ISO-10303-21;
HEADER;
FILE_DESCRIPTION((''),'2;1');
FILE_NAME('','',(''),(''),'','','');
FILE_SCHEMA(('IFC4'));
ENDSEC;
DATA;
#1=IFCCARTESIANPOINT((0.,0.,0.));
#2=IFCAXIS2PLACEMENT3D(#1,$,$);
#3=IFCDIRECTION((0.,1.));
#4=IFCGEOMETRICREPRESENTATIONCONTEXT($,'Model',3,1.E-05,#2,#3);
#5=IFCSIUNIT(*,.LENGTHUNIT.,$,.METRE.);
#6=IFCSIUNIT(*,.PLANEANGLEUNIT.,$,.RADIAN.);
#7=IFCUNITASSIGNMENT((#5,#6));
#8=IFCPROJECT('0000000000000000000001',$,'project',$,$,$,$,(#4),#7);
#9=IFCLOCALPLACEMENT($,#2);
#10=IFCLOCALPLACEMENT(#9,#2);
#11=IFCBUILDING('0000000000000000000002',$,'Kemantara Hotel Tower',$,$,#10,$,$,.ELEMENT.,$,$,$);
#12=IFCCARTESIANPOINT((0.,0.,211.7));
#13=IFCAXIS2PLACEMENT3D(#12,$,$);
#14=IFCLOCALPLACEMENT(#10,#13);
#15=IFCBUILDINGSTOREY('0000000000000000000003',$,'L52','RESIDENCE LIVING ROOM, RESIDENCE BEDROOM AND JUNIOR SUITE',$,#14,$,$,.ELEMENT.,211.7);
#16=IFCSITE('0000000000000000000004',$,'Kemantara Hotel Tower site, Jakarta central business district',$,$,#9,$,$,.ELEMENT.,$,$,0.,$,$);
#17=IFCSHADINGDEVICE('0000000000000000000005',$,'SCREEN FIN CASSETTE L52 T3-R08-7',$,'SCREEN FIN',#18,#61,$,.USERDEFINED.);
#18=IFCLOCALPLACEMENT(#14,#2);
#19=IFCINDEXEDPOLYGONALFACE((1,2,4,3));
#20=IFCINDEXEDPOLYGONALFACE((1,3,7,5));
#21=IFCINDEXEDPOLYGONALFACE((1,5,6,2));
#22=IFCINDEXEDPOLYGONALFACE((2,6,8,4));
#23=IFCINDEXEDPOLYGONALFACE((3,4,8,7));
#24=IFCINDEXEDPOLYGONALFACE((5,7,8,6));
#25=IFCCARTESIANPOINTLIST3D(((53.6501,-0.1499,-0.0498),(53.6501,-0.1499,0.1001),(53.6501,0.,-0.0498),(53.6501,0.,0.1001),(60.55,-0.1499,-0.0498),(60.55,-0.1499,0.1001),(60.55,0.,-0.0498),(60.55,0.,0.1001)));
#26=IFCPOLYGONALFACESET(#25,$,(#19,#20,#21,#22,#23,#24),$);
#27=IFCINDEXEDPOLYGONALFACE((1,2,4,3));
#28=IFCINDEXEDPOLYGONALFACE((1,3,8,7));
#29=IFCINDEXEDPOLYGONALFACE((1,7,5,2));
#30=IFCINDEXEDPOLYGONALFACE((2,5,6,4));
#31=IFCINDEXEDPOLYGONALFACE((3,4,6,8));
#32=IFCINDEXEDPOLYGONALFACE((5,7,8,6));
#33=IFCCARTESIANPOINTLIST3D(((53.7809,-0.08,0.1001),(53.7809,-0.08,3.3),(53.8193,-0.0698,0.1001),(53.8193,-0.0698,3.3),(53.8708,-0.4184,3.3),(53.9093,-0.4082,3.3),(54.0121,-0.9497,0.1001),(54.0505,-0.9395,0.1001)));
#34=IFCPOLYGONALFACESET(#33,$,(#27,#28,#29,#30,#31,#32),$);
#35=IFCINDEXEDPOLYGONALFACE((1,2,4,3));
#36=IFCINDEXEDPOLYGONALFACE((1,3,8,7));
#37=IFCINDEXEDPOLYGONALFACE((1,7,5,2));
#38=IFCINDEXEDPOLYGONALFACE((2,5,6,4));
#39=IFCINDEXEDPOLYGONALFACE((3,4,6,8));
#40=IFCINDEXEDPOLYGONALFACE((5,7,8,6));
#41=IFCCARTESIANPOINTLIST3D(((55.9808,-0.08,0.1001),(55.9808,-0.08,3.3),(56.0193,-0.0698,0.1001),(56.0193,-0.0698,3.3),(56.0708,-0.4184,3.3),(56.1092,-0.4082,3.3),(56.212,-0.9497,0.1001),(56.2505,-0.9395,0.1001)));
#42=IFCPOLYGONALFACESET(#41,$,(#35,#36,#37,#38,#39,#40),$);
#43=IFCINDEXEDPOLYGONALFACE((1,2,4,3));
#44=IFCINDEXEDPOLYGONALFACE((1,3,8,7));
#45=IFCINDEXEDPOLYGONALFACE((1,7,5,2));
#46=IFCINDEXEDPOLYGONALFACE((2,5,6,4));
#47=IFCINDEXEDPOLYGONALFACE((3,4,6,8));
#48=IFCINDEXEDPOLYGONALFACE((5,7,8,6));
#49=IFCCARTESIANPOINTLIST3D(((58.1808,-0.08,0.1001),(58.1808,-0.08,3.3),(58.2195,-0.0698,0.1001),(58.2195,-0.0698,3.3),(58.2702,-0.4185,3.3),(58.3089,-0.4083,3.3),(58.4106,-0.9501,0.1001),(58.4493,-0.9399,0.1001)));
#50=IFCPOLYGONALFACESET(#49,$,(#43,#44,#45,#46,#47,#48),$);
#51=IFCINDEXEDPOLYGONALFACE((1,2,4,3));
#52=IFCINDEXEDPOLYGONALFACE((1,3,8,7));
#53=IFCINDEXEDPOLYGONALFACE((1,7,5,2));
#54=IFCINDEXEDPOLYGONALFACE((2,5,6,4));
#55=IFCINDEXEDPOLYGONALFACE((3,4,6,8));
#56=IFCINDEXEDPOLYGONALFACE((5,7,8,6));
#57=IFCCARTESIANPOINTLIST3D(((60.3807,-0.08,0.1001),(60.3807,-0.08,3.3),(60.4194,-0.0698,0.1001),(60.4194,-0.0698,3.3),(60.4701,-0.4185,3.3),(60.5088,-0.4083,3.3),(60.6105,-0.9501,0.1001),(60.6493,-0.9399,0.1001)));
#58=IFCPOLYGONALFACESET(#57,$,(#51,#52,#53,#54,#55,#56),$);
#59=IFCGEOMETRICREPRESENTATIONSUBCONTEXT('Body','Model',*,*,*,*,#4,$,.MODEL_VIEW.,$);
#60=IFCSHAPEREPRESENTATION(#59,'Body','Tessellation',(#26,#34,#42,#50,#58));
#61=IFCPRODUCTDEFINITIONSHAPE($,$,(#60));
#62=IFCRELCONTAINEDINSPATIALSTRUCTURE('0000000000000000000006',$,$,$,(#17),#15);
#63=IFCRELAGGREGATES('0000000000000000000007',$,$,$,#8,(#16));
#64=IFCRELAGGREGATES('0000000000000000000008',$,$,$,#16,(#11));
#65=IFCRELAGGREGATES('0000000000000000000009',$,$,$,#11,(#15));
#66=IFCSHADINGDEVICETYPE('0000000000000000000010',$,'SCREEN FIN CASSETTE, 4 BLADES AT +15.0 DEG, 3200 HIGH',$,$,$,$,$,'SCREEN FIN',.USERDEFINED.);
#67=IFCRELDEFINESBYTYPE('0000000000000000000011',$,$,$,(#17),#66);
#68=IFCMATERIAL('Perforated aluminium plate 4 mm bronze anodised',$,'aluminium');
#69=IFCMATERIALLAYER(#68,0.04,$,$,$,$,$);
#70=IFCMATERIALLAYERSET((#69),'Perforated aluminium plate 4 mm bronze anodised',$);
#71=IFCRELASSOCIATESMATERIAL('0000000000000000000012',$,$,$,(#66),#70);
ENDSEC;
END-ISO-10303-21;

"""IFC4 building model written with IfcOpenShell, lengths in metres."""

from ifc_helpers import new_model, si_unit, direction, frame, origin, origin_2d, place, context, subcontext, project, spatial, polyline, rectangle, outline, extrude, source, transform, mapped, material, layer, layer_set, type_object, element, save


model = new_model("IFC4")

# Units and contexts
model_context = context("Model", 3, precision=1e-05, world=origin(), true_north=direction((0.0, 1.0)))
body_context = subcontext(model_context, "Body", "Model", "MODEL_VIEW")
ifc_project = project(units=[si_unit("LENGTHUNIT", "METRE"), si_unit("PLANEANGLEUNIT", "RADIAN")], contexts=[model_context])

# Site, building, storey
site_placement = place(None, origin())
site = spatial("IfcSite", under=ifc_project, at=site_placement, Name="Kemantara Hotel Tower site, Jakarta central business district", CompositionType="ELEMENT", RefElevation=0.0)
building_placement = place(site_placement, origin())
building = spatial("IfcBuilding", under=site, at=building_placement, Name="Kemantara Hotel Tower", CompositionType="ELEMENT")
storey_placement = place(building_placement, frame((0.0, 0.0, 211.7)))
storey = spatial("IfcBuildingStorey", under=building, at=storey_placement, Name="L52", Description="RESIDENCE LIVING ROOM, RESIDENCE BEDROOM AND JUNIOR SUITE", CompositionType="ELEMENT", Elevation=211.7)

# Shading device
ifc_material_1 = material(Name="Perforated aluminium plate 4 mm bronze anodised", Category="aluminium")
ifc_layer_1 = layer(ifc_material_1, 0.04)
ifc_layer_set_1 = layer_set([ifc_layer_1], Name="Perforated aluminium plate 4 mm bronze anodised")
shading_device_type_1 = type_object("IfcShadingDeviceType", Name="SCREEN FIN CASSETTE, 4 BLADES AT +15.0 DEG, 3200 HIGH", ElementType="SCREEN FIN", PredefinedType="USERDEFINED", material=ifc_layer_set_1)
shared_shape_1 = source(origin(), body_context, "Body", "SweptSolid", [
    extrude(rectangle(XDim=6.8999, YDim=0.1499, at=origin_2d()), frame((3.3, -0.075, -0.1499), z_axis=(0.0, 0.0, 1.0), x_axis=(1.0, 0.0, 0.0)), (0.0, 0.0, 1.0), 0.1499),
    extrude(outline(polyline([(0.0, 0.0), (0.8999, 0.0), (0.3501, 3.2), (0.0, 3.2), (0.0, 0.0)])), frame((0.0193, -0.0698, 0.0), z_axis=(-0.966438, -0.256901, 0.0), x_axis=(0.256901, -0.966438, 0.0)), (0.0, 0.0, 1.0), 0.0398),
    extrude(outline(polyline([(0.0, 0.0), (0.8999, 0.0), (0.3501, 3.2), (0.0, 3.2), (0.0, 0.0)])), frame((2.2192, -0.0698, 0.0), z_axis=(-0.966438, -0.256901, 0.0), x_axis=(0.256901, -0.966438, 0.0)), (0.0, 0.0, 1.0), 0.0398),
    extrude(outline(polyline([(0.0, 0.0), (0.8999, 0.0), (0.3501, 3.2), (0.0, 3.2), (0.0, 0.0)])), frame((4.4194, -0.0698, 0.0), z_axis=(-0.966838, -0.255391, 0.0), x_axis=(0.255391, -0.966838, 0.0)), (0.0, 0.0, 1.0), 0.04),
    extrude(outline(polyline([(0.0, 0.0), (0.8999, 0.0), (0.3501, 3.2), (0.0, 3.2), (0.0, 0.0)])), frame((6.6194, -0.0698, 0.0), z_axis=(-0.966838, -0.255391, 0.0), x_axis=(0.255391, -0.966838, 0.0)), (0.0, 0.0, 1.0), 0.04),
])
shading_device_1_placement = place(storey_placement, frame((53.8, 0.0, 0.1001), z_axis=(0.0, 0.0, 1.0), x_axis=(1.0, 0.0, 0.0)))
element("IfcShadingDevice", 1, at=shading_device_1_placement, inside=storey, type_object=shading_device_type_1, Name="SCREEN FIN CASSETTE L52 T3-R08-7", ObjectType="SCREEN FIN", PredefinedType="USERDEFINED", context=body_context, shape_type="MappedRepresentation", body=[
    mapped(shared_shape_1, transform((0.0, 0.0, 0.0))),
])

save(model, "model.ifc")
